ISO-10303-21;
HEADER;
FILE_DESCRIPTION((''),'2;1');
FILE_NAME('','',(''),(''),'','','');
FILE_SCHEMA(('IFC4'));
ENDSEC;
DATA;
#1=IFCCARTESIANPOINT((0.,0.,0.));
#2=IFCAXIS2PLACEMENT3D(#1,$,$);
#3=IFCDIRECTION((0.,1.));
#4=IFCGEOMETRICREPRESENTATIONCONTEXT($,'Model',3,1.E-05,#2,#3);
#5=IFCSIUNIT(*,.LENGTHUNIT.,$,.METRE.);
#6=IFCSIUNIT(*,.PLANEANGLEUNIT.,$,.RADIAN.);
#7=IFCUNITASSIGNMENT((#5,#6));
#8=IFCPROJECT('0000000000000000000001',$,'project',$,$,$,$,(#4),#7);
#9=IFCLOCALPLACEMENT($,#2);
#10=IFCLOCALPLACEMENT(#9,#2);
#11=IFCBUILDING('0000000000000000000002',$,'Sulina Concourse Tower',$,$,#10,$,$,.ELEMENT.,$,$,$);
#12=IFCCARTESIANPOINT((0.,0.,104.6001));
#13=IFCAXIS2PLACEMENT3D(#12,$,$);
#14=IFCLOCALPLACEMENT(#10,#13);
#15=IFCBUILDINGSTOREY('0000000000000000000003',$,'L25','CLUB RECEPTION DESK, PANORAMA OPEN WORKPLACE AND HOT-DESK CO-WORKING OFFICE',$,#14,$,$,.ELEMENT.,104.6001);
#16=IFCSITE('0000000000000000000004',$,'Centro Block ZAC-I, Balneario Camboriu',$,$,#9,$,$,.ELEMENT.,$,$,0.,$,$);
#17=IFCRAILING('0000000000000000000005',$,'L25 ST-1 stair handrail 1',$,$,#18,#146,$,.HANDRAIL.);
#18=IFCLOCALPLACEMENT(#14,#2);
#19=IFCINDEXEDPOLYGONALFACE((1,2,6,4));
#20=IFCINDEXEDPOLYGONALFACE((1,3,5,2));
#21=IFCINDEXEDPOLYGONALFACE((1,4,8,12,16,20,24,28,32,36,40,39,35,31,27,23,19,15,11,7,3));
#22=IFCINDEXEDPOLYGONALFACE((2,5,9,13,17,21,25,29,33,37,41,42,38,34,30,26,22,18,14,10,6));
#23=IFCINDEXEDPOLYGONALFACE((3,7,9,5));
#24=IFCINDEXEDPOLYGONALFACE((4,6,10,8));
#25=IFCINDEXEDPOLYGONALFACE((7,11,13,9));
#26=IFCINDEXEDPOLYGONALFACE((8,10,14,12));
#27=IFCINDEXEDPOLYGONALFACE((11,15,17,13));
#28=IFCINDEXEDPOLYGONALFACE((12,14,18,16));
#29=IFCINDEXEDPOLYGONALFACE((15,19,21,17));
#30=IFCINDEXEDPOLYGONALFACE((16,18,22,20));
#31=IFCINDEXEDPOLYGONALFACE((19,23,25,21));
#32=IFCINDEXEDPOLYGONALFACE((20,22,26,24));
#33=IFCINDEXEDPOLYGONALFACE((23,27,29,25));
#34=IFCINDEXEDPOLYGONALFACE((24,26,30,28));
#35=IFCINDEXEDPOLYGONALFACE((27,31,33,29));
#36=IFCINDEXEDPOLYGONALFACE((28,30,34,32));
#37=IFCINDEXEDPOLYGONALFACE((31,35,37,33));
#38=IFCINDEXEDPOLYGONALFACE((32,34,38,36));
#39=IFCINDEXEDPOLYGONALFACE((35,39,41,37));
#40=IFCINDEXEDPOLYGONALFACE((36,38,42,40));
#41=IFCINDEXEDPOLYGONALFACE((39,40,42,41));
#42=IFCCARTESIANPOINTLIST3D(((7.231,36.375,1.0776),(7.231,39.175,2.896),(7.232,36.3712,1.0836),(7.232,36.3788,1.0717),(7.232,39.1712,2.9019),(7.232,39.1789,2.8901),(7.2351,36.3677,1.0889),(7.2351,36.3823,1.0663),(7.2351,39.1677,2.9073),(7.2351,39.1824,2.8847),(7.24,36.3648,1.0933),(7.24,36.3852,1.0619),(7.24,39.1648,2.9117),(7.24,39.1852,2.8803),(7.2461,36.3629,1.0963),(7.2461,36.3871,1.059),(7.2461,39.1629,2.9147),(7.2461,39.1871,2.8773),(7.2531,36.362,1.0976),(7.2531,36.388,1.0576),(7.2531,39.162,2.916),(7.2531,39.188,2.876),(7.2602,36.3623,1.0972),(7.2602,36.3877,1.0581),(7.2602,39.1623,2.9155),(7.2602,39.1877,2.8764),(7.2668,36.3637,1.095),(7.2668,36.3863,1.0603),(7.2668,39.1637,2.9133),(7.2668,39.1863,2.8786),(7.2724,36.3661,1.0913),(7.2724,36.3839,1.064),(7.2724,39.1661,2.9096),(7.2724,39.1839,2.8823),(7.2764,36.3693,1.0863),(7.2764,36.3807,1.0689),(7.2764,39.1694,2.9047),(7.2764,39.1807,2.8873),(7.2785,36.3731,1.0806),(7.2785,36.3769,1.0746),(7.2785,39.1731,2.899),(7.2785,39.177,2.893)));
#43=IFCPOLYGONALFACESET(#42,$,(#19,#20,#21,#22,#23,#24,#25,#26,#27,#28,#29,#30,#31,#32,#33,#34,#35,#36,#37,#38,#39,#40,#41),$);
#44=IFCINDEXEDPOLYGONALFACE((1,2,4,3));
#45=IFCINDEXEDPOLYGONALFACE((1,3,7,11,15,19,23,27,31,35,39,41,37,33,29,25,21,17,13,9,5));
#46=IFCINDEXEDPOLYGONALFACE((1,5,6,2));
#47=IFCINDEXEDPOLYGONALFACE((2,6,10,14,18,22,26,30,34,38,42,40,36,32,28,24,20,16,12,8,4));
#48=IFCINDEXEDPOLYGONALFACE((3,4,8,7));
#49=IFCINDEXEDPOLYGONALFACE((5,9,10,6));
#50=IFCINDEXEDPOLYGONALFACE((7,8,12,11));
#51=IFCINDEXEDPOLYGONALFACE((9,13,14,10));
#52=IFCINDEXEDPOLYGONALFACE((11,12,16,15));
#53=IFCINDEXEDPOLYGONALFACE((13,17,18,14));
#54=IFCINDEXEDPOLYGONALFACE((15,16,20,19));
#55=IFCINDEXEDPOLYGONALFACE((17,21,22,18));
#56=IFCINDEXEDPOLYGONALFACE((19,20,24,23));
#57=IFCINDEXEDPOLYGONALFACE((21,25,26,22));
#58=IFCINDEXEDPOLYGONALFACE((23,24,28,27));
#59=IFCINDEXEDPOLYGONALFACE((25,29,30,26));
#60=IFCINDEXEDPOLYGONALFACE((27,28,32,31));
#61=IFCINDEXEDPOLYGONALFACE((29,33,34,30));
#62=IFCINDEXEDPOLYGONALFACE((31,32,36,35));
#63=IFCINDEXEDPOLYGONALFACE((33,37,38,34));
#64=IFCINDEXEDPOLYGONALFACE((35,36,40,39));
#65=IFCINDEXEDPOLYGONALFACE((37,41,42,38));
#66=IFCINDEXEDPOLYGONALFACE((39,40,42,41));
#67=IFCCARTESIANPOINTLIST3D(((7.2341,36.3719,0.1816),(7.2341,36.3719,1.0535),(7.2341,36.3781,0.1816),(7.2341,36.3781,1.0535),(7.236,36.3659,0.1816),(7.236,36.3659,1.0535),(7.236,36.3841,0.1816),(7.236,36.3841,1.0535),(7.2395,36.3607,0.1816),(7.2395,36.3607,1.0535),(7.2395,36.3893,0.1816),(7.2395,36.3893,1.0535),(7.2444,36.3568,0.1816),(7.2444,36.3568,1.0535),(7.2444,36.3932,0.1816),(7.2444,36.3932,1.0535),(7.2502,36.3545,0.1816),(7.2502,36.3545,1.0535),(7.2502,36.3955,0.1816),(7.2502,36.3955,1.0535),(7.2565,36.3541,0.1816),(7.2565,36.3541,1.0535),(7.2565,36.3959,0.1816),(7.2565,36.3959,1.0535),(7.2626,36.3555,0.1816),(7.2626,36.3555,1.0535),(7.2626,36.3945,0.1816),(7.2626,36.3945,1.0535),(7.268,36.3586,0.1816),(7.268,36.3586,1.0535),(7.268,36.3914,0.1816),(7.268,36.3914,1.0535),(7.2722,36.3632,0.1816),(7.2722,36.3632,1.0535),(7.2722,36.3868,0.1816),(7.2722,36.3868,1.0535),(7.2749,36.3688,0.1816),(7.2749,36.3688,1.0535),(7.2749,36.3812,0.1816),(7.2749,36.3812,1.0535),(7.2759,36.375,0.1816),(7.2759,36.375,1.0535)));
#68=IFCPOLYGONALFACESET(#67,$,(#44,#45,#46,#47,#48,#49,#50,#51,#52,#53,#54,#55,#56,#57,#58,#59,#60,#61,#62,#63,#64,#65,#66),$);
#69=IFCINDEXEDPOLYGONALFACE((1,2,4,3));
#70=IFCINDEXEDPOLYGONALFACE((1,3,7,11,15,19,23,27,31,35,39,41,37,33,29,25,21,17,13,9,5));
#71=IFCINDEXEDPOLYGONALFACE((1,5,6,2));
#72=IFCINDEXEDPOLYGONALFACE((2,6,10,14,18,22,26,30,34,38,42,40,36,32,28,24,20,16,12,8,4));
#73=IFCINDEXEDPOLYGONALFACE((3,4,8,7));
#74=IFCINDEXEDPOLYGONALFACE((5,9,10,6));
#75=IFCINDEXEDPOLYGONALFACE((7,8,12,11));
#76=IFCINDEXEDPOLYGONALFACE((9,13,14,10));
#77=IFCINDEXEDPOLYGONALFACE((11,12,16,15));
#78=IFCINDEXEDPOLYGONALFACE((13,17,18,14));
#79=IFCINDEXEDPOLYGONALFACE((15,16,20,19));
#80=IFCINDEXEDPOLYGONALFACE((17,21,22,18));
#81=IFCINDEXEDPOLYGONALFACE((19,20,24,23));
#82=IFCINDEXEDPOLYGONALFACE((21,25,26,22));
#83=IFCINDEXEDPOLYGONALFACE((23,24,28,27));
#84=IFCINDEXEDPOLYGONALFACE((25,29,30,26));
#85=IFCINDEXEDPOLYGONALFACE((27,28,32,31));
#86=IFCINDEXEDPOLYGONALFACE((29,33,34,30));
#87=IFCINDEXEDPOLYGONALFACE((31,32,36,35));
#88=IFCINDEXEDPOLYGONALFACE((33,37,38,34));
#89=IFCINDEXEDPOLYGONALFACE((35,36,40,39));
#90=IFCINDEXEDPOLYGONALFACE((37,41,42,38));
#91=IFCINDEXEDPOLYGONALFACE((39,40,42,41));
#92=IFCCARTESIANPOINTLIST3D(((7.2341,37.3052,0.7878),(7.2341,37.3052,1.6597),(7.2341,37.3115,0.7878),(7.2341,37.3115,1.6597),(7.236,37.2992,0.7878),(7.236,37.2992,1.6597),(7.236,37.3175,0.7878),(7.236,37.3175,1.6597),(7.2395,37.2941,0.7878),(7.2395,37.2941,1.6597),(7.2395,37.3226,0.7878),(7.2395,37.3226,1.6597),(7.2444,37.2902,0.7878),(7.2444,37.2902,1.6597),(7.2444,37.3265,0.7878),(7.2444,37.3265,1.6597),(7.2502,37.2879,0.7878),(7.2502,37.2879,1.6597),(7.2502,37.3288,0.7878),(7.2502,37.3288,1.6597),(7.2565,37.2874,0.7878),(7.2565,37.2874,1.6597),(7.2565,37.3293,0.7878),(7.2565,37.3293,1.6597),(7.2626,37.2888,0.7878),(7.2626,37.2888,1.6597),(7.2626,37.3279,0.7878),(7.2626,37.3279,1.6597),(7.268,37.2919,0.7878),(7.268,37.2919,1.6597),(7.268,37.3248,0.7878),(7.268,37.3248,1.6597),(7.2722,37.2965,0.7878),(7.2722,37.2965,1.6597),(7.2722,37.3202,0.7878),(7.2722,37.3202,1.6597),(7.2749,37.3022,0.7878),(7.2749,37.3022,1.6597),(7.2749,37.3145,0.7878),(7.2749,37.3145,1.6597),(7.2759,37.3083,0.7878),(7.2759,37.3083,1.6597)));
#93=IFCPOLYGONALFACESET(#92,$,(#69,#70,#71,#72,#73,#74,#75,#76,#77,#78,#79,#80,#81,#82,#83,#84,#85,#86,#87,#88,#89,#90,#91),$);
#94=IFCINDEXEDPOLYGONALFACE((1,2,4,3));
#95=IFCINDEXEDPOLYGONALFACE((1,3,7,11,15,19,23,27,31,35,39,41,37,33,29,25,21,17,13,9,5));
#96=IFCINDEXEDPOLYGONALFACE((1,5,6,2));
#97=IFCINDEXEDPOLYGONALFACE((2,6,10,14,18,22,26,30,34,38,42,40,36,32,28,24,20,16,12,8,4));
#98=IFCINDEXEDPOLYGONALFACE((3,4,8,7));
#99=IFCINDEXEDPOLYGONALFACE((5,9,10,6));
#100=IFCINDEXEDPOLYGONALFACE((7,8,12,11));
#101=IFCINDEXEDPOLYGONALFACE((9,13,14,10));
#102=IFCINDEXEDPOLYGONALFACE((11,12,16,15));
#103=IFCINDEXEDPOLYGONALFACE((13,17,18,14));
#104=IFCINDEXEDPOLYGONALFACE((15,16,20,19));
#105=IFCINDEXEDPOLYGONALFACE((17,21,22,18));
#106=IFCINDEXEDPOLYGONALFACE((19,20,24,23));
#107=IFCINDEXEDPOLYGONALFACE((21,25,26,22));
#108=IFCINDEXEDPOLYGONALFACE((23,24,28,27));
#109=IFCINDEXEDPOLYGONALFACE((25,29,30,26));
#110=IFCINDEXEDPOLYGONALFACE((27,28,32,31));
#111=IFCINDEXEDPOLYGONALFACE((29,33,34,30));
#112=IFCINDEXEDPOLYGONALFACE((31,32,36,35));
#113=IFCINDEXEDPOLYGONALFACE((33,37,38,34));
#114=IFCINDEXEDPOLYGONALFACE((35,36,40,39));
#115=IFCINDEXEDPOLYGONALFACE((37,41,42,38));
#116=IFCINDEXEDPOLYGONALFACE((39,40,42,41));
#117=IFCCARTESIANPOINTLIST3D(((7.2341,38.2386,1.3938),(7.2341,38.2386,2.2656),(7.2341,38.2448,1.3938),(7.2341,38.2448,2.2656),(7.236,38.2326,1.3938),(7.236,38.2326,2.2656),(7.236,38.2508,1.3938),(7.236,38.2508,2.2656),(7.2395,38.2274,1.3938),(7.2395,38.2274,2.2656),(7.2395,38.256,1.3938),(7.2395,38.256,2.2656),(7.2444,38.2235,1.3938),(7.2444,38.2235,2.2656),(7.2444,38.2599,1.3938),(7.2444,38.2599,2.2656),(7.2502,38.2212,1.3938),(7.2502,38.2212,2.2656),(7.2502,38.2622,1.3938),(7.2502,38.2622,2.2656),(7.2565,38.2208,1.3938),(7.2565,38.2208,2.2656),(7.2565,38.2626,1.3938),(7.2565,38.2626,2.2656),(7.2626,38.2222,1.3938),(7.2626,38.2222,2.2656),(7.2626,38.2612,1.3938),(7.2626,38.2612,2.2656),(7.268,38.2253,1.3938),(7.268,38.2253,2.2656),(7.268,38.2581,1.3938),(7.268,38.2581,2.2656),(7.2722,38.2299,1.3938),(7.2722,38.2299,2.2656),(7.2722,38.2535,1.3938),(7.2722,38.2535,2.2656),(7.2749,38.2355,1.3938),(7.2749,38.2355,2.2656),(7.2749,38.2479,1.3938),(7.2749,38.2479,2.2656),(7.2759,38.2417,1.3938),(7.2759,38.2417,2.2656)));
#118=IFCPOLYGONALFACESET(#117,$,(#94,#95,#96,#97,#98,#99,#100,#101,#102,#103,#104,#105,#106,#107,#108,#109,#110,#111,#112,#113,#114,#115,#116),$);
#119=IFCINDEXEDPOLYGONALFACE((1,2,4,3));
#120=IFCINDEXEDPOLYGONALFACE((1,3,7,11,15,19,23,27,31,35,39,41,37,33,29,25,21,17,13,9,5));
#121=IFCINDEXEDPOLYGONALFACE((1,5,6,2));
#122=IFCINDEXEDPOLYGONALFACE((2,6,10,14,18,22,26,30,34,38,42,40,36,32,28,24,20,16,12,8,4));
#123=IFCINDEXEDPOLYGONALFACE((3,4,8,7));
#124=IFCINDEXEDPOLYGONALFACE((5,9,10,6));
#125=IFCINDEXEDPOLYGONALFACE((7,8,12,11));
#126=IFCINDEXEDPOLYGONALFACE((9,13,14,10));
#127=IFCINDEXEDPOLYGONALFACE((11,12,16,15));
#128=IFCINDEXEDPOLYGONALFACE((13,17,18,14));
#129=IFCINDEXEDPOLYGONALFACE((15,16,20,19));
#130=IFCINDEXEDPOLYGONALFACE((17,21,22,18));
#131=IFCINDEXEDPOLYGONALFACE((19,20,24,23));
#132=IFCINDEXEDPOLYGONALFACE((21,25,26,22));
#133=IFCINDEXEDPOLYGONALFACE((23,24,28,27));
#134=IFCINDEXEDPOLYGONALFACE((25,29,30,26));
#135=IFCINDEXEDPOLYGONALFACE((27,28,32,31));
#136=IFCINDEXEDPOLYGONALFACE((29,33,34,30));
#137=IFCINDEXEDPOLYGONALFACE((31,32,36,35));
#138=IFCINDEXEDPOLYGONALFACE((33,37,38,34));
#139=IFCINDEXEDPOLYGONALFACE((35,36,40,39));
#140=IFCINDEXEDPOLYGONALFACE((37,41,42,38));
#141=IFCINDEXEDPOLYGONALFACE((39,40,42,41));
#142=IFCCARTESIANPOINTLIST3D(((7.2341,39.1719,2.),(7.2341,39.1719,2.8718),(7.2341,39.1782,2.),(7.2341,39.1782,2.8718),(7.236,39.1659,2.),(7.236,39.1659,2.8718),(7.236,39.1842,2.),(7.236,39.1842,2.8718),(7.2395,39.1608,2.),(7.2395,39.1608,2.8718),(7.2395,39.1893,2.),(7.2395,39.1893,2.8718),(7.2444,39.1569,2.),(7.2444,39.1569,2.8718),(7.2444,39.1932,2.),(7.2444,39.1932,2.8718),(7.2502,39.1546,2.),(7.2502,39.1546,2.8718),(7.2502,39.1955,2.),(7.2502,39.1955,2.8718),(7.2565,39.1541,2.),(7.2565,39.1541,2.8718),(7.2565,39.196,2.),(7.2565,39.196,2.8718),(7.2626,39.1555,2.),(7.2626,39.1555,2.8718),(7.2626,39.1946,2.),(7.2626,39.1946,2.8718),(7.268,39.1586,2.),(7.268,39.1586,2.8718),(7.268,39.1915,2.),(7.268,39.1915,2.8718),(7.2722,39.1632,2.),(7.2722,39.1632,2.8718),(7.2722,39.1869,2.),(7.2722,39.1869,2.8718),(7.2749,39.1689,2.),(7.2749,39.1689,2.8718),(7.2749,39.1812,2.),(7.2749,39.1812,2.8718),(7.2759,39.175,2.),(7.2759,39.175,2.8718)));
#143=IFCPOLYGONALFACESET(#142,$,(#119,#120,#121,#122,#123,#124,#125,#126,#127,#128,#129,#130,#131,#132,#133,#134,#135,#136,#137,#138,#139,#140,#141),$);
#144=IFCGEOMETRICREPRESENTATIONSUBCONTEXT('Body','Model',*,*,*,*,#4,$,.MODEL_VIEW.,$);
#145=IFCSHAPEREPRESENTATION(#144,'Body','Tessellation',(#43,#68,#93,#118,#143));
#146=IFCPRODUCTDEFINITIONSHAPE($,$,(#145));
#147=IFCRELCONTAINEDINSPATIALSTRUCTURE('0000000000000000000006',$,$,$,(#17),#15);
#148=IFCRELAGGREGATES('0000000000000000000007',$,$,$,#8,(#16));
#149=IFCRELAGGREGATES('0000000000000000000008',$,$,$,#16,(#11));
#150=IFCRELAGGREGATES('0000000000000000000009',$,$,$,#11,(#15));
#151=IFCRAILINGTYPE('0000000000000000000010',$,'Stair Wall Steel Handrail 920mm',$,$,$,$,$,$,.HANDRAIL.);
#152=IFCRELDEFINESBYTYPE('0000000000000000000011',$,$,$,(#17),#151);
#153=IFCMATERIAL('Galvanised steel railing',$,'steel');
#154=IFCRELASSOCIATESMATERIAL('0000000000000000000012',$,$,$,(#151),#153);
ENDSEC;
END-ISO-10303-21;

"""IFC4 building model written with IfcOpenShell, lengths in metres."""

from ifc_helpers import new_model, si_unit, direction, frame, origin, origin_2d, place, context, subcontext, project, spatial, circle, extrude, material, type_object, element, save


model = new_model("IFC4")

# Units and contexts
model_context = context("Model", 3, precision=1e-05, world=origin(), true_north=direction((0.0, 1.0)))
body_context = subcontext(model_context, "Body", "Model", "MODEL_VIEW")
ifc_project = project(units=[si_unit("LENGTHUNIT", "METRE"), si_unit("PLANEANGLEUNIT", "RADIAN")], contexts=[model_context])

# Site, building, storey
site_placement = place(None, origin())
site = spatial("IfcSite", under=ifc_project, at=site_placement, Name="Centro Block ZAC-I, Balneario Camboriu", CompositionType="ELEMENT", RefElevation=0.0)
building_placement = place(site_placement, origin())
building = spatial("IfcBuilding", under=site, at=building_placement, Name="Sulina Concourse Tower", CompositionType="ELEMENT")
storey_placement = place(building_placement, frame((0.0, 0.0, 104.6001)))
storey = spatial("IfcBuildingStorey", under=building, at=storey_placement, Name="L25", Description="CLUB RECEPTION DESK, PANORAMA OPEN WORKPLACE AND HOT-DESK CO-WORKING OFFICE", CompositionType="ELEMENT", Elevation=104.6001)

# Railing
ifc_material_1 = material(Name="Galvanised steel railing", Category="steel")
railing_type_1 = type_object("IfcRailingType", Name="Stair Wall Steel Handrail 920mm", PredefinedType="HANDRAIL", material=ifc_material_1)
railing_1_placement = place(storey_placement, frame((7.2549, 36.375, 0.1816)))
element("IfcRailing", 1, at=railing_1_placement, inside=storey, type_object=railing_type_1, Name="L25 ST-1 stair handrail 1", PredefinedType="HANDRAIL", context=body_context, shape_type="SweptSolid", body=[
    extrude(circle(Radius=0.0239, at=origin_2d()), frame((0.0, 0.0, 0.896), z_axis=(0.0, 0.838672, 0.544636), x_axis=(-1.0, 0.0, 0.0)), (0.0, 0.0, 1.0), 3.3386),
    extrude(circle(Radius=0.021, at=origin_2d()), origin(), (0.0, 0.0, 1.0), 0.8718),
    extrude(circle(Radius=0.021, at=origin_2d()), frame((0.0, 0.9333, 0.6062)), (0.0, 0.0, 1.0), 0.8718),
    extrude(circle(Radius=0.021, at=origin_2d()), frame((0.0, 1.8667, 1.2122)), (0.0, 0.0, 1.0), 0.8718),
    extrude(circle(Radius=0.021, at=origin_2d()), frame((0.0, 2.8, 1.8184)), (0.0, 0.0, 1.0), 0.8718),
])

save(model, "model.ifc")
